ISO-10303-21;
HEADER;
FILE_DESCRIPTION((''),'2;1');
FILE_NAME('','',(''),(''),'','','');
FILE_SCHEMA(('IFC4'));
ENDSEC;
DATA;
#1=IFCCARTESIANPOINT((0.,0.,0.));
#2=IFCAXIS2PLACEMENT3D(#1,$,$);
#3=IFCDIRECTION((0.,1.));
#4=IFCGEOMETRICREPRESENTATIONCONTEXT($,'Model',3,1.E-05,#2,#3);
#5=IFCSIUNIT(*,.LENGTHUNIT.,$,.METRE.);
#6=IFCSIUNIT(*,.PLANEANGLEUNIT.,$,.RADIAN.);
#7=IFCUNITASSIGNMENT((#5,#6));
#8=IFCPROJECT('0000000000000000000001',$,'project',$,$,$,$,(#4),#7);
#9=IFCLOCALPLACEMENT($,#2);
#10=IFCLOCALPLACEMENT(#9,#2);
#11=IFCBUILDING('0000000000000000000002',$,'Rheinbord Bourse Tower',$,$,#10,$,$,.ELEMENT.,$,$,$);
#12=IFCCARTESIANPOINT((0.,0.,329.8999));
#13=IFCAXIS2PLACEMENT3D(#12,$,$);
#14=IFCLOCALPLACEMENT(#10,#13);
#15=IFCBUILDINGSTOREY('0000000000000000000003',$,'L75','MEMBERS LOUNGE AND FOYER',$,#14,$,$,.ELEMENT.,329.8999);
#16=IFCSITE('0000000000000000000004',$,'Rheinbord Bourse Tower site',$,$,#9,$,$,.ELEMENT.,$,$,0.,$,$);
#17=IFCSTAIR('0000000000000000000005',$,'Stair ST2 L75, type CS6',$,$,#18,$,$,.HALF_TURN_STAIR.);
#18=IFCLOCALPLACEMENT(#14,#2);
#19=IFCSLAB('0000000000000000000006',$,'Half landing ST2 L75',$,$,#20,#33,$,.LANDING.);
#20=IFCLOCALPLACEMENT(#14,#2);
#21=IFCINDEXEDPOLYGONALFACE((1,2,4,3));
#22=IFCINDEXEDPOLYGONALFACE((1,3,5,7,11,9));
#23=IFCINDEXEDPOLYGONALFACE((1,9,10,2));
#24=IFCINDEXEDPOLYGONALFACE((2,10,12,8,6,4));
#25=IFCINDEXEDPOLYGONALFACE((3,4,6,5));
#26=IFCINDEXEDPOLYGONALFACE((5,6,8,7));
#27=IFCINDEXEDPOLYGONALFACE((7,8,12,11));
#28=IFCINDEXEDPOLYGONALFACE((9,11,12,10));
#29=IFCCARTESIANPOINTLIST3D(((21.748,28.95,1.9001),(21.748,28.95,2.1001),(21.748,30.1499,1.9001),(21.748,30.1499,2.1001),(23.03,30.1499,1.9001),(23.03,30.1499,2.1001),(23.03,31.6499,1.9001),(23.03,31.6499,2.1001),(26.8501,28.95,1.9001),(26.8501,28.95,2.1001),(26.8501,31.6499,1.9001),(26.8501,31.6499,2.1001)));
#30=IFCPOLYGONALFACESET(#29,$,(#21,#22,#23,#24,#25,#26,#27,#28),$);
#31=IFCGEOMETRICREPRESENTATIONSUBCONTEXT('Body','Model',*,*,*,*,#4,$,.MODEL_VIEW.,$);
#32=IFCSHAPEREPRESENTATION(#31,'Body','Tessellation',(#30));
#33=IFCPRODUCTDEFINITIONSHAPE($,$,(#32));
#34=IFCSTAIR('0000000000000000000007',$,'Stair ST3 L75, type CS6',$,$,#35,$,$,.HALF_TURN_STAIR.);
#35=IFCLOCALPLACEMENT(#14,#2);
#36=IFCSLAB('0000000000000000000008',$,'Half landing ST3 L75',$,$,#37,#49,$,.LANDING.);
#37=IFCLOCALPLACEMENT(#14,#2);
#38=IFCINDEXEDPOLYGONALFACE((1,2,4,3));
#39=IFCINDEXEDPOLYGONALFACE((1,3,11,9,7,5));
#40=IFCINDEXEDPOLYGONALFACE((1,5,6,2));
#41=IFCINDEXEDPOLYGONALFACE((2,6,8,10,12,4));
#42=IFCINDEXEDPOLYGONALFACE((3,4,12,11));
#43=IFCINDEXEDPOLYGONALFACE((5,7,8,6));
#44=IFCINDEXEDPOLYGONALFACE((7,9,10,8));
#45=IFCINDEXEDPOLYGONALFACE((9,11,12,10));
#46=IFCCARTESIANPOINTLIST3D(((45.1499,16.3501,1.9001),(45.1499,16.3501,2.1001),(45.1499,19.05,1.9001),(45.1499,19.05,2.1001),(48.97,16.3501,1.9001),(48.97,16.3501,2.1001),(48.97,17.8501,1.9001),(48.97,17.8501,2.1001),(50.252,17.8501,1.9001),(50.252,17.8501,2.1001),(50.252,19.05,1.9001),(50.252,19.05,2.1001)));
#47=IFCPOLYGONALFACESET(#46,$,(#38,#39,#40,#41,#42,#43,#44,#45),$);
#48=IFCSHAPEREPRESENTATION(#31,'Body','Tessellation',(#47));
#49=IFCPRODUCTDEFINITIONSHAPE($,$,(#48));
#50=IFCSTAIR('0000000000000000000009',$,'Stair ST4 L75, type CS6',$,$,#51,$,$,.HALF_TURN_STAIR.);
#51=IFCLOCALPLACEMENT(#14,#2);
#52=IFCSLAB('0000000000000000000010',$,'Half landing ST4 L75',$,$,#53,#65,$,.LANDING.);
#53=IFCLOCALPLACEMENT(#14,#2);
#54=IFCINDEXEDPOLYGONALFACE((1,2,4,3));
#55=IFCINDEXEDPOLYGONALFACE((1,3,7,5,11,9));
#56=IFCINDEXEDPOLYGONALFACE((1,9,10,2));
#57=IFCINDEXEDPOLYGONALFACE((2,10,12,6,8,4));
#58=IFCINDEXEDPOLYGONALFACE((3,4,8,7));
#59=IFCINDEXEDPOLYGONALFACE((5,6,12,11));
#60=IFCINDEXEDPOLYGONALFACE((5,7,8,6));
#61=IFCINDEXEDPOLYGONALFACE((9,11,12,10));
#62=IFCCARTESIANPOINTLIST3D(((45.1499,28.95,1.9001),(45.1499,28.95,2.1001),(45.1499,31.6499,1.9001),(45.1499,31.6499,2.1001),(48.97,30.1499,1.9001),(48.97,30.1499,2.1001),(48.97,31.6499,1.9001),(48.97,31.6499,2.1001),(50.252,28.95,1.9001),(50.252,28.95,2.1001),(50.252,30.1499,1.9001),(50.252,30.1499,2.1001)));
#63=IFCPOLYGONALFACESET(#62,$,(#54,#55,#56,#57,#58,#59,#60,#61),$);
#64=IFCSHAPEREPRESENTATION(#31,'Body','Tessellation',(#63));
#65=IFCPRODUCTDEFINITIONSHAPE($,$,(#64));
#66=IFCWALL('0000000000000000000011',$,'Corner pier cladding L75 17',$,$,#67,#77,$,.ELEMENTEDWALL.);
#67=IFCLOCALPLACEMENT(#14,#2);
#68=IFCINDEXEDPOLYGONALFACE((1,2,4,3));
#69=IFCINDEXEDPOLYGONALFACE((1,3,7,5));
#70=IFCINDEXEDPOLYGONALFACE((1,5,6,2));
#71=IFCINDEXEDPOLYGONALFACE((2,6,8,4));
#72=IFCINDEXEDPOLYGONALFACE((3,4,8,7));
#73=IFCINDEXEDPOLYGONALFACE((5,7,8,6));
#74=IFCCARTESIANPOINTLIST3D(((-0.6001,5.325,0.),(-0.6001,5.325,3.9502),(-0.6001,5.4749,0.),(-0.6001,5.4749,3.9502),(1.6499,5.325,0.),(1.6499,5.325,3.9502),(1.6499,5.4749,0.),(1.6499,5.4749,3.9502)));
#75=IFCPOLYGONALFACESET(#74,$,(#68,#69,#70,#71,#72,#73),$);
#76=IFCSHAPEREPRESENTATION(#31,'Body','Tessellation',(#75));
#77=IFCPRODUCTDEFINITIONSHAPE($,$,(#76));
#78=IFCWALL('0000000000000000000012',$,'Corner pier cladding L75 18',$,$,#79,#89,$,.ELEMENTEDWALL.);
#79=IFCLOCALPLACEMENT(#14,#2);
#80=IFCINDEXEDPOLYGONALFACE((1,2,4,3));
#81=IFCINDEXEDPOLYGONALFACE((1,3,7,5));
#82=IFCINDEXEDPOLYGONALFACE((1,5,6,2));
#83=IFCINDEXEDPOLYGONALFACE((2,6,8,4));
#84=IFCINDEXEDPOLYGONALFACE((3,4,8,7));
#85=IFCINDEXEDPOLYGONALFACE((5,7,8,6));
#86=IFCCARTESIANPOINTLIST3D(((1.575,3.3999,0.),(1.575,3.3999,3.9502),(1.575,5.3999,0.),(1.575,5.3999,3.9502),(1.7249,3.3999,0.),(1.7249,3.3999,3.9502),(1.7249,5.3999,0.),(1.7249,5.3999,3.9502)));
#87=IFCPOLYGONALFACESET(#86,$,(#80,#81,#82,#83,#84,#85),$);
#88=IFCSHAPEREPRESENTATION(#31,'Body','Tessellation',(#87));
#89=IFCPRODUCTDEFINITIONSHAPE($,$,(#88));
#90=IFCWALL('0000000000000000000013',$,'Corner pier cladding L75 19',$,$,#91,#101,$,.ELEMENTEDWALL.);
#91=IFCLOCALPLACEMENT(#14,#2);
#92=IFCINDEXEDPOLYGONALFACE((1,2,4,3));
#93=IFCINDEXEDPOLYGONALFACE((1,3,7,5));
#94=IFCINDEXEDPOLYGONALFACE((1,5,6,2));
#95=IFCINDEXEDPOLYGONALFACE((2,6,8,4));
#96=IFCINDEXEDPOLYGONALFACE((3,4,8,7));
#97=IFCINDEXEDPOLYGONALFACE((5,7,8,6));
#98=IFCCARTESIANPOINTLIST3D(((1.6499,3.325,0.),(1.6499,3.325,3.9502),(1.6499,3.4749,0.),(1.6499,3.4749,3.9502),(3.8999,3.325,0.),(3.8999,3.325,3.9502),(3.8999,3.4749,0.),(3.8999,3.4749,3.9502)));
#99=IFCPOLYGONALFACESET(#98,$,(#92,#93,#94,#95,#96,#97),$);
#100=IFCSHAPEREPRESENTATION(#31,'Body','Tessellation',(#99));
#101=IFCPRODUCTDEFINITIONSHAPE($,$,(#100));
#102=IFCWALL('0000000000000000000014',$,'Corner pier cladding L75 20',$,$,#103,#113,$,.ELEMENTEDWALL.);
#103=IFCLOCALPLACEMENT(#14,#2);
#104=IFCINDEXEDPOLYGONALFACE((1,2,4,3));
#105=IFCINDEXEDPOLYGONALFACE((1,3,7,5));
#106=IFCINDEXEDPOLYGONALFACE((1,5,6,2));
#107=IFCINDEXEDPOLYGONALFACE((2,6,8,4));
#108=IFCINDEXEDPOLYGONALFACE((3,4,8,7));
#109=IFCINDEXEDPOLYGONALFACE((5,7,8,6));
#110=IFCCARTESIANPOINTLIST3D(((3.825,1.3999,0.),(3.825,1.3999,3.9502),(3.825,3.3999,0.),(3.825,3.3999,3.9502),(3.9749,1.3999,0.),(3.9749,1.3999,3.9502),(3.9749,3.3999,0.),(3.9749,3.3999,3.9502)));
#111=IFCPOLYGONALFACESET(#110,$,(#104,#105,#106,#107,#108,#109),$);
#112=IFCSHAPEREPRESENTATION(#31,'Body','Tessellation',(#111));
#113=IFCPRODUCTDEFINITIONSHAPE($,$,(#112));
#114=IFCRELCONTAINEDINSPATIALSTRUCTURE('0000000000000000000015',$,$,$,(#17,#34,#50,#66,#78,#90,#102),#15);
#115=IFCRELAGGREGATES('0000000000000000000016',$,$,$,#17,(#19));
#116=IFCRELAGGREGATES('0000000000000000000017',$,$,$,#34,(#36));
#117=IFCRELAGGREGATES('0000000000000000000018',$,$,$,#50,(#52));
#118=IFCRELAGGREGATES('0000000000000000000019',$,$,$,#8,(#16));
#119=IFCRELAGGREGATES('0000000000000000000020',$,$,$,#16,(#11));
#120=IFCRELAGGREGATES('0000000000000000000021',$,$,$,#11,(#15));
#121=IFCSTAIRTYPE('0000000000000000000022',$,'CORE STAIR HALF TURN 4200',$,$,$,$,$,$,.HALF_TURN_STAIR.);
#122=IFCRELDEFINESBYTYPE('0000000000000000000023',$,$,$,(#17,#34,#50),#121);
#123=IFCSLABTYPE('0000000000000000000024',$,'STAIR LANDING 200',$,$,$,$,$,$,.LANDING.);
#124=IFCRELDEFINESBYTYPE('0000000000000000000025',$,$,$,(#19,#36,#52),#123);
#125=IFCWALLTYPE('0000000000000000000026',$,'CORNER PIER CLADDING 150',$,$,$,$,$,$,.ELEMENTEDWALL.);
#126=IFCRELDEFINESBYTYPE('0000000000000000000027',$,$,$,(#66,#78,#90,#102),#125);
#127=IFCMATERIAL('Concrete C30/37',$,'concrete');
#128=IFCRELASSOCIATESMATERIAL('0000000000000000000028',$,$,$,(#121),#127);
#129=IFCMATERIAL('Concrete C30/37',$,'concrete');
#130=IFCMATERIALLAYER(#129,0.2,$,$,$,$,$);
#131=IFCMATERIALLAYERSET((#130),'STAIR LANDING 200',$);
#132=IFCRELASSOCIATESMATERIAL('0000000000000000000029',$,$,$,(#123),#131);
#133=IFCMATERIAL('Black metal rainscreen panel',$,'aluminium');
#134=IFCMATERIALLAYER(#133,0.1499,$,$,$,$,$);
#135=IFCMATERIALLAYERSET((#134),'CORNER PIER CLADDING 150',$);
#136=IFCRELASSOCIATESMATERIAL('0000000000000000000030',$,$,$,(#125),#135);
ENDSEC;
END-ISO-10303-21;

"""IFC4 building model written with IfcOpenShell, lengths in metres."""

from ifc_helpers import new_model, si_unit, direction, frame, frame_2d, origin, place, context, subcontext, project, spatial, polyline, rectangle, outline, extrude, material, layer, layer_set, type_object, element, aggregate, save


model = new_model("IFC4")

# Units and contexts
model_context = context("Model", 3, precision=1e-05, world=origin(), true_north=direction((0.0, 1.0)))
body_context = subcontext(model_context, "Body", "Model", "MODEL_VIEW")
ifc_project = project(units=[si_unit("LENGTHUNIT", "METRE"), si_unit("PLANEANGLEUNIT", "RADIAN")], contexts=[model_context])

# Site, building, storey
site_placement = place(None, origin())
site = spatial("IfcSite", under=ifc_project, at=site_placement, Name="Rheinbord Bourse Tower site", CompositionType="ELEMENT", RefElevation=0.0)
building_placement = place(site_placement, origin())
building = spatial("IfcBuilding", under=site, at=building_placement, Name="Rheinbord Bourse Tower", CompositionType="ELEMENT")
storey_placement = place(building_placement, frame((0.0, 0.0, 329.8999)))
storey = spatial("IfcBuildingStorey", under=building, at=storey_placement, Name="L75", Description="MEMBERS LOUNGE AND FOYER", CompositionType="ELEMENT", Elevation=329.8999)

# Stairs, slabs
ifc_material_1 = material(Name="Concrete C30/37", Category="concrete")
stair_type = type_object("IfcStairType", Name="CORE STAIR HALF TURN 4200", PredefinedType="HALF_TURN_STAIR", material=ifc_material_1)
ifc_material_2 = material(Name="Concrete C30/37", Category="concrete")
ifc_layer_1 = layer(ifc_material_2, 0.2)
ifc_layer_set_1 = layer_set([ifc_layer_1], Name="STAIR LANDING 200")
slab_type_1 = type_object("IfcSlabType", Name="STAIR LANDING 200", PredefinedType="LANDING", material=ifc_layer_set_1)
stair_1_placement = place(storey_placement, origin())
stair_1 = element("IfcStair", 1, at=stair_1_placement, inside=storey, type_object=stair_type, Name="Stair ST2 L75, type CS6", PredefinedType="HALF_TURN_STAIR")
slab_1_placement = place(storey_placement, frame((0.0, 0.0, 1.9001)))
slab_1 = element("IfcSlab", 2, at=slab_1_placement, type_object=slab_type_1, Name="Half landing ST2 L75", PredefinedType="LANDING", context=body_context, shape_type="SweptSolid", body=[
    extrude(outline(polyline([(21.748, 28.95), (26.8501, 28.95), (26.8501, 31.6499), (23.03, 31.6499), (23.03, 30.1499), (21.748, 30.1499), (21.748, 28.95)])), origin(), (0.0, 0.0, 1.0), 0.2),
])
aggregate(stair_1, [slab_1])
stair_2_placement = place(storey_placement, origin())
stair_2 = element("IfcStair", 3, at=stair_2_placement, inside=storey, type_object=stair_type, Name="Stair ST3 L75, type CS6", PredefinedType="HALF_TURN_STAIR")
slab_2_placement = place(storey_placement, frame((0.0, 0.0, 1.9001)))
slab_2 = element("IfcSlab", 4, at=slab_2_placement, type_object=slab_type_1, Name="Half landing ST3 L75", PredefinedType="LANDING", context=body_context, shape_type="SweptSolid", body=[
    extrude(outline(polyline([(45.1499, 16.3501), (48.97, 16.3501), (48.97, 17.8501), (50.252, 17.8501), (50.252, 19.05), (45.1499, 19.05), (45.1499, 16.3501)])), origin(), (0.0, 0.0, 1.0), 0.2),
])
aggregate(stair_2, [slab_2])
stair_3_placement = place(storey_placement, origin())
stair_3 = element("IfcStair", 5, at=stair_3_placement, inside=storey, type_object=stair_type, Name="Stair ST4 L75, type CS6", PredefinedType="HALF_TURN_STAIR")
slab_3_placement = place(storey_placement, frame((0.0, 0.0, 1.9001)))
slab_3 = element("IfcSlab", 6, at=slab_3_placement, type_object=slab_type_1, Name="Half landing ST4 L75", PredefinedType="LANDING", context=body_context, shape_type="SweptSolid", body=[
    extrude(outline(polyline([(45.1499, 28.95), (50.252, 28.95), (50.252, 30.1499), (48.97, 30.1499), (48.97, 31.6499), (45.1499, 31.6499), (45.1499, 28.95)])), origin(), (0.0, 0.0, 1.0), 0.2),
])
aggregate(stair_3, [slab_3])

# Walls
ifc_material_3 = material(Name="Black metal rainscreen panel", Category="aluminium")
ifc_layer_2 = layer(ifc_material_3, 0.1499)
ifc_layer_set_2 = layer_set([ifc_layer_2], Name="CORNER PIER CLADDING 150")
wall_type = type_object("IfcWallType", Name="CORNER PIER CLADDING 150", PredefinedType="ELEMENTEDWALL", material=ifc_layer_set_2)
wall_1_placement = place(storey_placement, frame((-0.6001, 5.3999, 0.0), z_axis=(0.0, 0.0, 1.0), x_axis=(1.0, 0.0, 0.0)))
element("IfcWall", 7, at=wall_1_placement, inside=storey, type_object=wall_type, Name="Corner pier cladding L75 17", PredefinedType="ELEMENTEDWALL", context=body_context, shape_type="SweptSolid", body=[
    extrude(rectangle(XDim=2.25, YDim=0.1499, at=frame_2d((1.125, 0.0))), origin(), (0.0, 0.0, 1.0), 3.9502),
])
wall_2_placement = place(storey_placement, frame((1.6499, 5.3999, 0.0), z_axis=(0.0, 0.0, 1.0), x_axis=(0.0, -1.0, 0.0)))
element("IfcWall", 8, at=wall_2_placement, inside=storey, type_object=wall_type, Name="Corner pier cladding L75 18", PredefinedType="ELEMENTEDWALL", context=body_context, shape_type="SweptSolid", body=[
    extrude(rectangle(XDim=2.0, YDim=0.1499, at=frame_2d((1.0, 0.0))), origin(), (0.0, 0.0, 1.0), 3.9502),
])
wall_3_placement = place(storey_placement, frame((1.6499, 3.3999, 0.0), z_axis=(0.0, 0.0, 1.0), x_axis=(1.0, 0.0, 0.0)))
element("IfcWall", 9, at=wall_3_placement, inside=storey, type_object=wall_type, Name="Corner pier cladding L75 19", PredefinedType="ELEMENTEDWALL", context=body_context, shape_type="SweptSolid", body=[
    extrude(rectangle(XDim=2.25, YDim=0.1499, at=frame_2d((1.125, 0.0))), origin(), (0.0, 0.0, 1.0), 3.9502),
])
wall_4_placement = place(storey_placement, frame((3.8999, 3.3999, 0.0), z_axis=(0.0, 0.0, 1.0), x_axis=(0.0, -1.0, 0.0)))
element("IfcWall", 10, at=wall_4_placement, inside=storey, type_object=wall_type, Name="Corner pier cladding L75 20", PredefinedType="ELEMENTEDWALL", context=body_context, shape_type="SweptSolid", body=[
    extrude(rectangle(XDim=2.0, YDim=0.1499, at=frame_2d((1.0, 0.0))), origin(), (0.0, 0.0, 1.0), 3.9502),
])

save(model, "model.ifc")
